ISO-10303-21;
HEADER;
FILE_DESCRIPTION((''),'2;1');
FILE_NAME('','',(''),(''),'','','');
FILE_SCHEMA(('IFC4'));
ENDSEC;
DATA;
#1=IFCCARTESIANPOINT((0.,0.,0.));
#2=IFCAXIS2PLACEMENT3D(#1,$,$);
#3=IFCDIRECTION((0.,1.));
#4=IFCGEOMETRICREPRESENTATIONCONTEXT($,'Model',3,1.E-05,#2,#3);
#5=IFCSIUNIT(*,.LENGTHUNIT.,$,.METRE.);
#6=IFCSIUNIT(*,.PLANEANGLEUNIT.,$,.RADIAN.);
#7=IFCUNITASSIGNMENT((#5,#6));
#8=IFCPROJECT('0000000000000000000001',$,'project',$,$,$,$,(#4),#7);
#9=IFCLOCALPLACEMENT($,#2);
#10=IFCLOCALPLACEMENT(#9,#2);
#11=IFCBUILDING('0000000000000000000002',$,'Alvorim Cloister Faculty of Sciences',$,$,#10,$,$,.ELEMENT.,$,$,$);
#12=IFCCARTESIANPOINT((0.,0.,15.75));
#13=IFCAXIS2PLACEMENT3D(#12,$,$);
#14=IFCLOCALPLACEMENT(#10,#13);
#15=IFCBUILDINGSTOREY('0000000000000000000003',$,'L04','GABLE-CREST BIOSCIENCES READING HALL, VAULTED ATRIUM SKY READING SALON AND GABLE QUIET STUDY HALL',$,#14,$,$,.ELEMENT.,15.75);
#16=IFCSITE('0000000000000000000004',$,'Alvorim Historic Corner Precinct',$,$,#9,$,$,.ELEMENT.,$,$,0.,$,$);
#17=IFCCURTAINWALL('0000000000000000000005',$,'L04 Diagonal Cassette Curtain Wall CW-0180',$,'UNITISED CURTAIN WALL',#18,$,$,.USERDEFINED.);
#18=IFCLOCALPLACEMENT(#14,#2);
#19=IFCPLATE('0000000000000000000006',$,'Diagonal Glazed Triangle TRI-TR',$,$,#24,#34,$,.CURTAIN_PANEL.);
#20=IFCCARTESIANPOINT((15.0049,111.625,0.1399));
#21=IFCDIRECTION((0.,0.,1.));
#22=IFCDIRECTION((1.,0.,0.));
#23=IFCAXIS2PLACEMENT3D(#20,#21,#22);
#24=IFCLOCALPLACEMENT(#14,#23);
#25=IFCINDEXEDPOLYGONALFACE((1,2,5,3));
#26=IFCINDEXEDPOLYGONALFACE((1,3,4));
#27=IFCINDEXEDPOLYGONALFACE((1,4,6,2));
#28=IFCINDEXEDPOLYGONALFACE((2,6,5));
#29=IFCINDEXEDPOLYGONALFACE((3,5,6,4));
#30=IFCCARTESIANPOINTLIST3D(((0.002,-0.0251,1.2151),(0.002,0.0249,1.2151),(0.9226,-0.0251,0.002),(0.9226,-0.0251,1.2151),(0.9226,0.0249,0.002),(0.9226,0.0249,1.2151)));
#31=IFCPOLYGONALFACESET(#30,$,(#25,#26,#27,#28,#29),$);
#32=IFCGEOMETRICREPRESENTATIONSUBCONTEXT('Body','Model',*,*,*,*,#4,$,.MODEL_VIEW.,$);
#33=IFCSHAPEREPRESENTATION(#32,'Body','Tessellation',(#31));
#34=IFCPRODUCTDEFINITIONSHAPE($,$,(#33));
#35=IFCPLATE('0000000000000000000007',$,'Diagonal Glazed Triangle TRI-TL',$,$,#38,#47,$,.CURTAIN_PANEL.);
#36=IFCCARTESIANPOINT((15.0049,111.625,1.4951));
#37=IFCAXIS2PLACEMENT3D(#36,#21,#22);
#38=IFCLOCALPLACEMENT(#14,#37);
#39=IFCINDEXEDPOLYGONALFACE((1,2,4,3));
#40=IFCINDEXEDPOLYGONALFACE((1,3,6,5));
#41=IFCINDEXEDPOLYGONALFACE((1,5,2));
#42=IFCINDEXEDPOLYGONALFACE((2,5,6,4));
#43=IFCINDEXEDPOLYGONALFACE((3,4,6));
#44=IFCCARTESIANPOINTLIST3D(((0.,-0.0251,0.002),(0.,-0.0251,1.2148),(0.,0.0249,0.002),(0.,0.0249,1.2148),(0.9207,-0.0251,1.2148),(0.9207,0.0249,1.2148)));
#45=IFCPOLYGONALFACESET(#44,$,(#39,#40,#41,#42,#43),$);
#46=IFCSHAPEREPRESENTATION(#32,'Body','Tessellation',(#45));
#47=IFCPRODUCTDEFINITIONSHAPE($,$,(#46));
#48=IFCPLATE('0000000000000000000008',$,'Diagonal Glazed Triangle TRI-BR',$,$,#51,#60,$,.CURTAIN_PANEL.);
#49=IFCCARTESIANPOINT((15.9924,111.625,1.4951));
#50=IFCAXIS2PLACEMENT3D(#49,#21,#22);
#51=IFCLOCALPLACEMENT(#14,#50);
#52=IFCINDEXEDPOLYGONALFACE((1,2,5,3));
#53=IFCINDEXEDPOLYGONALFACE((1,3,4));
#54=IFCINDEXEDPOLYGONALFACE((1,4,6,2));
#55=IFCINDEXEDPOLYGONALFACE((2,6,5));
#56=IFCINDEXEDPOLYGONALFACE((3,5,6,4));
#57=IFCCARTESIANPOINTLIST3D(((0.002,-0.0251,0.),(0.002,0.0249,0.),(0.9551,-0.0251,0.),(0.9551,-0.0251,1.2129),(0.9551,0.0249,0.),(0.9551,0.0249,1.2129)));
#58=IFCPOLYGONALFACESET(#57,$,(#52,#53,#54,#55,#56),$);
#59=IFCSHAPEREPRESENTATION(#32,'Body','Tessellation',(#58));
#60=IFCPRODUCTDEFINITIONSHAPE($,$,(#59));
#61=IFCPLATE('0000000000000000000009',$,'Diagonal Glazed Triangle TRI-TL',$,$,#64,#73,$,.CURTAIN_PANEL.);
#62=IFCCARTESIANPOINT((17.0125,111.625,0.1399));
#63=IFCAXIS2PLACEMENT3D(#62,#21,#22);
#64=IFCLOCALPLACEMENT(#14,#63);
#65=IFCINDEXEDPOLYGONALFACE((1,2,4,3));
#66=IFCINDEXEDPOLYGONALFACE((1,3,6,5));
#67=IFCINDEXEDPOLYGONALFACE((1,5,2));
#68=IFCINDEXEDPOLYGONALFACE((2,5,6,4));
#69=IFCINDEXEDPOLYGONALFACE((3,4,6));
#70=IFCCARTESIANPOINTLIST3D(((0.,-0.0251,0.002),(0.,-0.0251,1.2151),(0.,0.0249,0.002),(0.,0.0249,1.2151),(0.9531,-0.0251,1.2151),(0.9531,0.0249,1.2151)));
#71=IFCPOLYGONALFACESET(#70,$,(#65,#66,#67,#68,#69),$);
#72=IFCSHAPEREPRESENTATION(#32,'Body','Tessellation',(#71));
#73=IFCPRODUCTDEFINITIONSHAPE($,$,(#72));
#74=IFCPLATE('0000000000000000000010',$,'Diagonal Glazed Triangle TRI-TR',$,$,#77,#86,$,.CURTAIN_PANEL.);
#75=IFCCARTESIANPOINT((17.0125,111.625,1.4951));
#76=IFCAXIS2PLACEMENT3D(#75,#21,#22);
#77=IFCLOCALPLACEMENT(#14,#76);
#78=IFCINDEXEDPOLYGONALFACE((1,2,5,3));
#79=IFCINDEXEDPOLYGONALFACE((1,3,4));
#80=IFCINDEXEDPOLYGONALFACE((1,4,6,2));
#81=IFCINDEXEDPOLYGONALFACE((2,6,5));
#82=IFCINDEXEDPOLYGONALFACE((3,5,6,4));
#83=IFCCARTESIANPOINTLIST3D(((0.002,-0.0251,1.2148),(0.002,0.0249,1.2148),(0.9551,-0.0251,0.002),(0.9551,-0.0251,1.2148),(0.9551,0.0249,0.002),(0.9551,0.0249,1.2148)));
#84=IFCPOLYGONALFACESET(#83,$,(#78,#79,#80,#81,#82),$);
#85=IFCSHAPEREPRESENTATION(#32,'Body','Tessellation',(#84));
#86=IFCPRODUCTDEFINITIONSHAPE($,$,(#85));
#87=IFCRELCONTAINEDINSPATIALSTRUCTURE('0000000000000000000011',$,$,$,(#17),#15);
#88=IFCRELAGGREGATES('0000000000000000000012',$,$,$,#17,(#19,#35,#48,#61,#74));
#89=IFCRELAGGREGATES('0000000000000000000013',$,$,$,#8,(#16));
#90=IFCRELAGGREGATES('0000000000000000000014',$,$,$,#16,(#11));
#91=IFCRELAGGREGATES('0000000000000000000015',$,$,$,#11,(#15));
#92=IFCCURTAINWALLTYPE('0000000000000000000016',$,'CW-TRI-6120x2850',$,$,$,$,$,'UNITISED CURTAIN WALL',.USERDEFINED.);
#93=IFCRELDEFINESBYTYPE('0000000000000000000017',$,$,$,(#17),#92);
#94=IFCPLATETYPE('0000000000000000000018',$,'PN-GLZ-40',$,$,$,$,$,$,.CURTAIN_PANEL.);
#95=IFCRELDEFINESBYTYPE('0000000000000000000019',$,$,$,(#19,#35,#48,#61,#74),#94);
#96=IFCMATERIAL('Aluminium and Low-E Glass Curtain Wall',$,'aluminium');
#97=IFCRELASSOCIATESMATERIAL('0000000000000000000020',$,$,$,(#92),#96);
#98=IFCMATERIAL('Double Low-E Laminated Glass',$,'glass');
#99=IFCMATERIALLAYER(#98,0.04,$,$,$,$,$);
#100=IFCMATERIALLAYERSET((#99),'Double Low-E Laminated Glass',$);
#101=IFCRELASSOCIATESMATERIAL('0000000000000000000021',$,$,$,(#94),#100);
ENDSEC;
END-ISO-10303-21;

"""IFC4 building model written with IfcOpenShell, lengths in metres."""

from ifc_helpers import new_model, si_unit, direction, frame, origin, place, context, subcontext, project, spatial, polyline, outline, extrude, material, layer, layer_set, type_object, element, aggregate, save


model = new_model("IFC4")

# Units and contexts
model_context = context("Model", 3, precision=1e-05, world=origin(), true_north=direction((0.0, 1.0)))
body_context = subcontext(model_context, "Body", "Model", "MODEL_VIEW")
ifc_project = project(units=[si_unit("LENGTHUNIT", "METRE"), si_unit("PLANEANGLEUNIT", "RADIAN")], contexts=[model_context])

# Site, building, storey
site_placement = place(None, origin())
site = spatial("IfcSite", under=ifc_project, at=site_placement, Name="Alvorim Historic Corner Precinct", CompositionType="ELEMENT", RefElevation=0.0)
building_placement = place(site_placement, origin())
building = spatial("IfcBuilding", under=site, at=building_placement, Name="Alvorim Cloister Faculty of Sciences", CompositionType="ELEMENT")
storey_placement = place(building_placement, frame((0.0, 0.0, 15.75)))
storey = spatial("IfcBuildingStorey", under=building, at=storey_placement, Name="L04", Description="GABLE-CREST BIOSCIENCES READING HALL, VAULTED ATRIUM SKY READING SALON AND GABLE QUIET STUDY HALL", CompositionType="ELEMENT", Elevation=15.75)

# Curtain wall, plates
ifc_material_1 = material(Name="Aluminium and Low-E Glass Curtain Wall", Category="aluminium")
curtain_wall_type = type_object("IfcCurtainWallType", Name="CW-TRI-6120x2850", ElementType="UNITISED CURTAIN WALL", PredefinedType="USERDEFINED", material=ifc_material_1)
curtain_wall_placement = place(storey_placement, origin())
curtain_wall = element("IfcCurtainWall", 1, at=curtain_wall_placement, inside=storey, type_object=curtain_wall_type, Name="L04 Diagonal Cassette Curtain Wall CW-0180", ObjectType="UNITISED CURTAIN WALL", PredefinedType="USERDEFINED")
ifc_material_2 = material(Name="Double Low-E Laminated Glass", Category="glass")
ifc_layer = layer(ifc_material_2, 0.04)
ifc_layer_set = layer_set([ifc_layer], Name="Double Low-E Laminated Glass")
plate_type = type_object("IfcPlateType", Name="PN-GLZ-40", PredefinedType="CURTAIN_PANEL", material=ifc_layer_set)
plate_1_placement = place(storey_placement, frame((15.0049, 111.625, 0.1399), z_axis=(0.0, 0.0, 1.0), x_axis=(1.0, 0.0, 0.0)))
plate_1 = element("IfcPlate", 2, at=plate_1_placement, type_object=plate_type, Name="Diagonal Glazed Triangle TRI-TR", PredefinedType="CURTAIN_PANEL", context=body_context, shape_type="SweptSolid", body=[
    extrude(outline(polyline([(0.9226, 0.002), (0.9226, 1.2151), (0.002, 1.2151), (0.9226, 0.002)])), frame((0.0, 0.0249, 0.0), z_axis=(0.0, -1.0, 0.0), x_axis=(1.0, 0.0, 0.0)), (0.0, 0.0, 1.0), 0.05),
])
plate_2_placement = place(storey_placement, frame((15.0049, 111.625, 1.4951), z_axis=(0.0, 0.0, 1.0), x_axis=(1.0, 0.0, 0.0)))
plate_2 = element("IfcPlate", 3, at=plate_2_placement, type_object=plate_type, Name="Diagonal Glazed Triangle TRI-TL", PredefinedType="CURTAIN_PANEL", context=body_context, shape_type="SweptSolid", body=[
    extrude(outline(polyline([(0.9207, 1.2148), (0.0, 1.2148), (0.0, 0.002), (0.9207, 1.2148)])), frame((0.0, 0.0249, 0.0), z_axis=(0.0, -1.0, 0.0), x_axis=(1.0, 0.0, 0.0)), (0.0, 0.0, 1.0), 0.05),
])
plate_3_placement = place(storey_placement, frame((15.9924, 111.625, 1.4951), z_axis=(0.0, 0.0, 1.0), x_axis=(1.0, 0.0, 0.0)))
plate_3 = element("IfcPlate", 4, at=plate_3_placement, type_object=plate_type, Name="Diagonal Glazed Triangle TRI-BR", PredefinedType="CURTAIN_PANEL", context=body_context, shape_type="SweptSolid", body=[
    extrude(outline(polyline([(0.002, 0.0), (0.9551, 0.0), (0.9551, 1.2129), (0.002, 0.0)])), frame((0.0, 0.0249, 0.0), z_axis=(0.0, -1.0, 0.0), x_axis=(1.0, 0.0, 0.0)), (0.0, 0.0, 1.0), 0.05),
])
plate_4_placement = place(storey_placement, frame((17.0125, 111.625, 0.1399), z_axis=(0.0, 0.0, 1.0), x_axis=(1.0, 0.0, 0.0)))
plate_4 = element("IfcPlate", 5, at=plate_4_placement, type_object=plate_type, Name="Diagonal Glazed Triangle TRI-TL", PredefinedType="CURTAIN_PANEL", context=body_context, shape_type="SweptSolid", body=[
    extrude(outline(polyline([(0.9531, 1.2151), (0.0, 1.2151), (0.0, 0.002), (0.9531, 1.2151)])), frame((0.0, 0.0249, 0.0), z_axis=(0.0, -1.0, 0.0), x_axis=(1.0, 0.0, 0.0)), (0.0, 0.0, 1.0), 0.05),
])
plate_5_placement = place(storey_placement, frame((17.0125, 111.625, 1.4951), z_axis=(0.0, 0.0, 1.0), x_axis=(1.0, 0.0, 0.0)))
plate_5 = element("IfcPlate", 6, at=plate_5_placement, type_object=plate_type, Name="Diagonal Glazed Triangle TRI-TR", PredefinedType="CURTAIN_PANEL", context=body_context, shape_type="SweptSolid", body=[
    extrude(outline(polyline([(0.9551, 0.002), (0.9551, 1.2148), (0.002, 1.2148), (0.9551, 0.002)])), frame((0.0, 0.0249, 0.0), z_axis=(0.0, -1.0, 0.0), x_axis=(1.0, 0.0, 0.0)), (0.0, 0.0, 1.0), 0.05),
])
aggregate(curtain_wall, [plate_1, plate_2, plate_3, plate_4, plate_5])

save(model, "model.ifc")
